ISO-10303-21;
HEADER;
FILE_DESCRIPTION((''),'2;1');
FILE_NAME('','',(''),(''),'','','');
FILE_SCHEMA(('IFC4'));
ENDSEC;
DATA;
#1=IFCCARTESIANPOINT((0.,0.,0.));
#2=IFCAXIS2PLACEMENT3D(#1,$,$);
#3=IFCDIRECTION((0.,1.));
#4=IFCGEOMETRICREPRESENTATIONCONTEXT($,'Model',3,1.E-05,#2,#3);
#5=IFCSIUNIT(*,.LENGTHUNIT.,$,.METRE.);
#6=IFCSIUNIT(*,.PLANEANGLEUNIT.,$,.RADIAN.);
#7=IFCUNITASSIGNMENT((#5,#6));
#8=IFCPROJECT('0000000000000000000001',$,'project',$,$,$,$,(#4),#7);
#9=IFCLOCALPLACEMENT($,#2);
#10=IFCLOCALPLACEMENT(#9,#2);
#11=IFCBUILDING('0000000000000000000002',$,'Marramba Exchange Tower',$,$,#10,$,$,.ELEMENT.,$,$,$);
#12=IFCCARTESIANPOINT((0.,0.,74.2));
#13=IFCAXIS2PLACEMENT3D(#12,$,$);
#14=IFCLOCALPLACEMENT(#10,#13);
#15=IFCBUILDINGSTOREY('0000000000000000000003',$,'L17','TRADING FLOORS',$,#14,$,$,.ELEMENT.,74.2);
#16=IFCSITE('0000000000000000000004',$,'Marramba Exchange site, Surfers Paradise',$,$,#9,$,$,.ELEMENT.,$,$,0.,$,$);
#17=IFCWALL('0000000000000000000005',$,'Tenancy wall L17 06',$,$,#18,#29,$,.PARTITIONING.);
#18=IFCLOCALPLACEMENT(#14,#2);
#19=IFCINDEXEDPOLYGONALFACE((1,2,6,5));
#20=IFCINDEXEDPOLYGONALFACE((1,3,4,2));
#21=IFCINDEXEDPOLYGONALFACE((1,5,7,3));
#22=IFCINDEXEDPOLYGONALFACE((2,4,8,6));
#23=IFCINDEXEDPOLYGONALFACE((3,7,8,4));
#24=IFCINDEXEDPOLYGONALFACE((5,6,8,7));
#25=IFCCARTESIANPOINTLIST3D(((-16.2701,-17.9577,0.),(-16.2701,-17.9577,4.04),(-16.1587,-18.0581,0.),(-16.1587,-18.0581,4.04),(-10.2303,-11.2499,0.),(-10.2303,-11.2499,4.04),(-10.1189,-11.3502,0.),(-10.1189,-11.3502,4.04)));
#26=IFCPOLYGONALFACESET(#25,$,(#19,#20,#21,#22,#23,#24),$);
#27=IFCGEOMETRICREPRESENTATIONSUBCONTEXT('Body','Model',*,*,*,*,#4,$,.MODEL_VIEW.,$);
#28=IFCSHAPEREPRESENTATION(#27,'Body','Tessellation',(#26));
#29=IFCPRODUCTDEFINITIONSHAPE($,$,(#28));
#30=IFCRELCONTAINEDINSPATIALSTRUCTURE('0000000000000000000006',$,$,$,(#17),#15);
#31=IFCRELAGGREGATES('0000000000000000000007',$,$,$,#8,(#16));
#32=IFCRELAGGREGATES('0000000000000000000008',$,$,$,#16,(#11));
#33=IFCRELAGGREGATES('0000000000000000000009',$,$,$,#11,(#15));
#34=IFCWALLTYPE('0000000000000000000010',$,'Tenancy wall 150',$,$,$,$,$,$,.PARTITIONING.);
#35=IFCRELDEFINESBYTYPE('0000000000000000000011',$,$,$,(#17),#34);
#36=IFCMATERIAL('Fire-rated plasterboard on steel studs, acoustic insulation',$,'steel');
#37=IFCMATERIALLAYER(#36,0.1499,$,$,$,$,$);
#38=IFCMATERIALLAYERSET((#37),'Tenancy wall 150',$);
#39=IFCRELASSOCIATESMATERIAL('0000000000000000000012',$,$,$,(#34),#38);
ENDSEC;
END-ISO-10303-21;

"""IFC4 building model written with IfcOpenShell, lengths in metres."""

from ifc_helpers import new_model, si_unit, direction, frame, frame_2d, origin, place, context, subcontext, project, spatial, rectangle, extrude, material, layer, layer_set, type_object, element, save


model = new_model("IFC4")

# Units and contexts
model_context = context("Model", 3, precision=1e-05, world=origin(), true_north=direction((0.0, 1.0)))
body_context = subcontext(model_context, "Body", "Model", "MODEL_VIEW")
ifc_project = project(units=[si_unit("LENGTHUNIT", "METRE"), si_unit("PLANEANGLEUNIT", "RADIAN")], contexts=[model_context])

# Site, building, storey
site_placement = place(None, origin())
site = spatial("IfcSite", under=ifc_project, at=site_placement, Name="Marramba Exchange site, Surfers Paradise", CompositionType="ELEMENT", RefElevation=0.0)
building_placement = place(site_placement, origin())
building = spatial("IfcBuilding", under=site, at=building_placement, Name="Marramba Exchange Tower", CompositionType="ELEMENT")
storey_placement = place(building_placement, frame((0.0, 0.0, 74.2)))
storey = spatial("IfcBuildingStorey", under=building, at=storey_placement, Name="L17", Description="TRADING FLOORS", CompositionType="ELEMENT", Elevation=74.2)

# Wall
ifc_material_1 = material(Name="Fire-rated plasterboard on steel studs, acoustic insulation", Category="steel")
ifc_layer_1 = layer(ifc_material_1, 0.1499)
ifc_layer_set_1 = layer_set([ifc_layer_1], Name="Tenancy wall 150")
wall_type_1 = type_object("IfcWallType", Name="Tenancy wall 150", PredefinedType="PARTITIONING", material=ifc_layer_set_1)
wall_1_placement = place(storey_placement, frame((-10.1746, -11.3, 0.0), z_axis=(0.0, 0.0, 1.0), x_axis=(-0.669137, -0.743139, 0.0)))
element("IfcWall", 1, at=wall_1_placement, inside=storey, type_object=wall_type_1, Name="Tenancy wall L17 06", PredefinedType="PARTITIONING", context=body_context, shape_type="SweptSolid", body=[
    extrude(rectangle(XDim=9.0264, YDim=0.1499, at=frame_2d((4.5132, 0.0))), origin(), (0.0, 0.0, 1.0), 4.04),
])

save(model, "model.ifc")
